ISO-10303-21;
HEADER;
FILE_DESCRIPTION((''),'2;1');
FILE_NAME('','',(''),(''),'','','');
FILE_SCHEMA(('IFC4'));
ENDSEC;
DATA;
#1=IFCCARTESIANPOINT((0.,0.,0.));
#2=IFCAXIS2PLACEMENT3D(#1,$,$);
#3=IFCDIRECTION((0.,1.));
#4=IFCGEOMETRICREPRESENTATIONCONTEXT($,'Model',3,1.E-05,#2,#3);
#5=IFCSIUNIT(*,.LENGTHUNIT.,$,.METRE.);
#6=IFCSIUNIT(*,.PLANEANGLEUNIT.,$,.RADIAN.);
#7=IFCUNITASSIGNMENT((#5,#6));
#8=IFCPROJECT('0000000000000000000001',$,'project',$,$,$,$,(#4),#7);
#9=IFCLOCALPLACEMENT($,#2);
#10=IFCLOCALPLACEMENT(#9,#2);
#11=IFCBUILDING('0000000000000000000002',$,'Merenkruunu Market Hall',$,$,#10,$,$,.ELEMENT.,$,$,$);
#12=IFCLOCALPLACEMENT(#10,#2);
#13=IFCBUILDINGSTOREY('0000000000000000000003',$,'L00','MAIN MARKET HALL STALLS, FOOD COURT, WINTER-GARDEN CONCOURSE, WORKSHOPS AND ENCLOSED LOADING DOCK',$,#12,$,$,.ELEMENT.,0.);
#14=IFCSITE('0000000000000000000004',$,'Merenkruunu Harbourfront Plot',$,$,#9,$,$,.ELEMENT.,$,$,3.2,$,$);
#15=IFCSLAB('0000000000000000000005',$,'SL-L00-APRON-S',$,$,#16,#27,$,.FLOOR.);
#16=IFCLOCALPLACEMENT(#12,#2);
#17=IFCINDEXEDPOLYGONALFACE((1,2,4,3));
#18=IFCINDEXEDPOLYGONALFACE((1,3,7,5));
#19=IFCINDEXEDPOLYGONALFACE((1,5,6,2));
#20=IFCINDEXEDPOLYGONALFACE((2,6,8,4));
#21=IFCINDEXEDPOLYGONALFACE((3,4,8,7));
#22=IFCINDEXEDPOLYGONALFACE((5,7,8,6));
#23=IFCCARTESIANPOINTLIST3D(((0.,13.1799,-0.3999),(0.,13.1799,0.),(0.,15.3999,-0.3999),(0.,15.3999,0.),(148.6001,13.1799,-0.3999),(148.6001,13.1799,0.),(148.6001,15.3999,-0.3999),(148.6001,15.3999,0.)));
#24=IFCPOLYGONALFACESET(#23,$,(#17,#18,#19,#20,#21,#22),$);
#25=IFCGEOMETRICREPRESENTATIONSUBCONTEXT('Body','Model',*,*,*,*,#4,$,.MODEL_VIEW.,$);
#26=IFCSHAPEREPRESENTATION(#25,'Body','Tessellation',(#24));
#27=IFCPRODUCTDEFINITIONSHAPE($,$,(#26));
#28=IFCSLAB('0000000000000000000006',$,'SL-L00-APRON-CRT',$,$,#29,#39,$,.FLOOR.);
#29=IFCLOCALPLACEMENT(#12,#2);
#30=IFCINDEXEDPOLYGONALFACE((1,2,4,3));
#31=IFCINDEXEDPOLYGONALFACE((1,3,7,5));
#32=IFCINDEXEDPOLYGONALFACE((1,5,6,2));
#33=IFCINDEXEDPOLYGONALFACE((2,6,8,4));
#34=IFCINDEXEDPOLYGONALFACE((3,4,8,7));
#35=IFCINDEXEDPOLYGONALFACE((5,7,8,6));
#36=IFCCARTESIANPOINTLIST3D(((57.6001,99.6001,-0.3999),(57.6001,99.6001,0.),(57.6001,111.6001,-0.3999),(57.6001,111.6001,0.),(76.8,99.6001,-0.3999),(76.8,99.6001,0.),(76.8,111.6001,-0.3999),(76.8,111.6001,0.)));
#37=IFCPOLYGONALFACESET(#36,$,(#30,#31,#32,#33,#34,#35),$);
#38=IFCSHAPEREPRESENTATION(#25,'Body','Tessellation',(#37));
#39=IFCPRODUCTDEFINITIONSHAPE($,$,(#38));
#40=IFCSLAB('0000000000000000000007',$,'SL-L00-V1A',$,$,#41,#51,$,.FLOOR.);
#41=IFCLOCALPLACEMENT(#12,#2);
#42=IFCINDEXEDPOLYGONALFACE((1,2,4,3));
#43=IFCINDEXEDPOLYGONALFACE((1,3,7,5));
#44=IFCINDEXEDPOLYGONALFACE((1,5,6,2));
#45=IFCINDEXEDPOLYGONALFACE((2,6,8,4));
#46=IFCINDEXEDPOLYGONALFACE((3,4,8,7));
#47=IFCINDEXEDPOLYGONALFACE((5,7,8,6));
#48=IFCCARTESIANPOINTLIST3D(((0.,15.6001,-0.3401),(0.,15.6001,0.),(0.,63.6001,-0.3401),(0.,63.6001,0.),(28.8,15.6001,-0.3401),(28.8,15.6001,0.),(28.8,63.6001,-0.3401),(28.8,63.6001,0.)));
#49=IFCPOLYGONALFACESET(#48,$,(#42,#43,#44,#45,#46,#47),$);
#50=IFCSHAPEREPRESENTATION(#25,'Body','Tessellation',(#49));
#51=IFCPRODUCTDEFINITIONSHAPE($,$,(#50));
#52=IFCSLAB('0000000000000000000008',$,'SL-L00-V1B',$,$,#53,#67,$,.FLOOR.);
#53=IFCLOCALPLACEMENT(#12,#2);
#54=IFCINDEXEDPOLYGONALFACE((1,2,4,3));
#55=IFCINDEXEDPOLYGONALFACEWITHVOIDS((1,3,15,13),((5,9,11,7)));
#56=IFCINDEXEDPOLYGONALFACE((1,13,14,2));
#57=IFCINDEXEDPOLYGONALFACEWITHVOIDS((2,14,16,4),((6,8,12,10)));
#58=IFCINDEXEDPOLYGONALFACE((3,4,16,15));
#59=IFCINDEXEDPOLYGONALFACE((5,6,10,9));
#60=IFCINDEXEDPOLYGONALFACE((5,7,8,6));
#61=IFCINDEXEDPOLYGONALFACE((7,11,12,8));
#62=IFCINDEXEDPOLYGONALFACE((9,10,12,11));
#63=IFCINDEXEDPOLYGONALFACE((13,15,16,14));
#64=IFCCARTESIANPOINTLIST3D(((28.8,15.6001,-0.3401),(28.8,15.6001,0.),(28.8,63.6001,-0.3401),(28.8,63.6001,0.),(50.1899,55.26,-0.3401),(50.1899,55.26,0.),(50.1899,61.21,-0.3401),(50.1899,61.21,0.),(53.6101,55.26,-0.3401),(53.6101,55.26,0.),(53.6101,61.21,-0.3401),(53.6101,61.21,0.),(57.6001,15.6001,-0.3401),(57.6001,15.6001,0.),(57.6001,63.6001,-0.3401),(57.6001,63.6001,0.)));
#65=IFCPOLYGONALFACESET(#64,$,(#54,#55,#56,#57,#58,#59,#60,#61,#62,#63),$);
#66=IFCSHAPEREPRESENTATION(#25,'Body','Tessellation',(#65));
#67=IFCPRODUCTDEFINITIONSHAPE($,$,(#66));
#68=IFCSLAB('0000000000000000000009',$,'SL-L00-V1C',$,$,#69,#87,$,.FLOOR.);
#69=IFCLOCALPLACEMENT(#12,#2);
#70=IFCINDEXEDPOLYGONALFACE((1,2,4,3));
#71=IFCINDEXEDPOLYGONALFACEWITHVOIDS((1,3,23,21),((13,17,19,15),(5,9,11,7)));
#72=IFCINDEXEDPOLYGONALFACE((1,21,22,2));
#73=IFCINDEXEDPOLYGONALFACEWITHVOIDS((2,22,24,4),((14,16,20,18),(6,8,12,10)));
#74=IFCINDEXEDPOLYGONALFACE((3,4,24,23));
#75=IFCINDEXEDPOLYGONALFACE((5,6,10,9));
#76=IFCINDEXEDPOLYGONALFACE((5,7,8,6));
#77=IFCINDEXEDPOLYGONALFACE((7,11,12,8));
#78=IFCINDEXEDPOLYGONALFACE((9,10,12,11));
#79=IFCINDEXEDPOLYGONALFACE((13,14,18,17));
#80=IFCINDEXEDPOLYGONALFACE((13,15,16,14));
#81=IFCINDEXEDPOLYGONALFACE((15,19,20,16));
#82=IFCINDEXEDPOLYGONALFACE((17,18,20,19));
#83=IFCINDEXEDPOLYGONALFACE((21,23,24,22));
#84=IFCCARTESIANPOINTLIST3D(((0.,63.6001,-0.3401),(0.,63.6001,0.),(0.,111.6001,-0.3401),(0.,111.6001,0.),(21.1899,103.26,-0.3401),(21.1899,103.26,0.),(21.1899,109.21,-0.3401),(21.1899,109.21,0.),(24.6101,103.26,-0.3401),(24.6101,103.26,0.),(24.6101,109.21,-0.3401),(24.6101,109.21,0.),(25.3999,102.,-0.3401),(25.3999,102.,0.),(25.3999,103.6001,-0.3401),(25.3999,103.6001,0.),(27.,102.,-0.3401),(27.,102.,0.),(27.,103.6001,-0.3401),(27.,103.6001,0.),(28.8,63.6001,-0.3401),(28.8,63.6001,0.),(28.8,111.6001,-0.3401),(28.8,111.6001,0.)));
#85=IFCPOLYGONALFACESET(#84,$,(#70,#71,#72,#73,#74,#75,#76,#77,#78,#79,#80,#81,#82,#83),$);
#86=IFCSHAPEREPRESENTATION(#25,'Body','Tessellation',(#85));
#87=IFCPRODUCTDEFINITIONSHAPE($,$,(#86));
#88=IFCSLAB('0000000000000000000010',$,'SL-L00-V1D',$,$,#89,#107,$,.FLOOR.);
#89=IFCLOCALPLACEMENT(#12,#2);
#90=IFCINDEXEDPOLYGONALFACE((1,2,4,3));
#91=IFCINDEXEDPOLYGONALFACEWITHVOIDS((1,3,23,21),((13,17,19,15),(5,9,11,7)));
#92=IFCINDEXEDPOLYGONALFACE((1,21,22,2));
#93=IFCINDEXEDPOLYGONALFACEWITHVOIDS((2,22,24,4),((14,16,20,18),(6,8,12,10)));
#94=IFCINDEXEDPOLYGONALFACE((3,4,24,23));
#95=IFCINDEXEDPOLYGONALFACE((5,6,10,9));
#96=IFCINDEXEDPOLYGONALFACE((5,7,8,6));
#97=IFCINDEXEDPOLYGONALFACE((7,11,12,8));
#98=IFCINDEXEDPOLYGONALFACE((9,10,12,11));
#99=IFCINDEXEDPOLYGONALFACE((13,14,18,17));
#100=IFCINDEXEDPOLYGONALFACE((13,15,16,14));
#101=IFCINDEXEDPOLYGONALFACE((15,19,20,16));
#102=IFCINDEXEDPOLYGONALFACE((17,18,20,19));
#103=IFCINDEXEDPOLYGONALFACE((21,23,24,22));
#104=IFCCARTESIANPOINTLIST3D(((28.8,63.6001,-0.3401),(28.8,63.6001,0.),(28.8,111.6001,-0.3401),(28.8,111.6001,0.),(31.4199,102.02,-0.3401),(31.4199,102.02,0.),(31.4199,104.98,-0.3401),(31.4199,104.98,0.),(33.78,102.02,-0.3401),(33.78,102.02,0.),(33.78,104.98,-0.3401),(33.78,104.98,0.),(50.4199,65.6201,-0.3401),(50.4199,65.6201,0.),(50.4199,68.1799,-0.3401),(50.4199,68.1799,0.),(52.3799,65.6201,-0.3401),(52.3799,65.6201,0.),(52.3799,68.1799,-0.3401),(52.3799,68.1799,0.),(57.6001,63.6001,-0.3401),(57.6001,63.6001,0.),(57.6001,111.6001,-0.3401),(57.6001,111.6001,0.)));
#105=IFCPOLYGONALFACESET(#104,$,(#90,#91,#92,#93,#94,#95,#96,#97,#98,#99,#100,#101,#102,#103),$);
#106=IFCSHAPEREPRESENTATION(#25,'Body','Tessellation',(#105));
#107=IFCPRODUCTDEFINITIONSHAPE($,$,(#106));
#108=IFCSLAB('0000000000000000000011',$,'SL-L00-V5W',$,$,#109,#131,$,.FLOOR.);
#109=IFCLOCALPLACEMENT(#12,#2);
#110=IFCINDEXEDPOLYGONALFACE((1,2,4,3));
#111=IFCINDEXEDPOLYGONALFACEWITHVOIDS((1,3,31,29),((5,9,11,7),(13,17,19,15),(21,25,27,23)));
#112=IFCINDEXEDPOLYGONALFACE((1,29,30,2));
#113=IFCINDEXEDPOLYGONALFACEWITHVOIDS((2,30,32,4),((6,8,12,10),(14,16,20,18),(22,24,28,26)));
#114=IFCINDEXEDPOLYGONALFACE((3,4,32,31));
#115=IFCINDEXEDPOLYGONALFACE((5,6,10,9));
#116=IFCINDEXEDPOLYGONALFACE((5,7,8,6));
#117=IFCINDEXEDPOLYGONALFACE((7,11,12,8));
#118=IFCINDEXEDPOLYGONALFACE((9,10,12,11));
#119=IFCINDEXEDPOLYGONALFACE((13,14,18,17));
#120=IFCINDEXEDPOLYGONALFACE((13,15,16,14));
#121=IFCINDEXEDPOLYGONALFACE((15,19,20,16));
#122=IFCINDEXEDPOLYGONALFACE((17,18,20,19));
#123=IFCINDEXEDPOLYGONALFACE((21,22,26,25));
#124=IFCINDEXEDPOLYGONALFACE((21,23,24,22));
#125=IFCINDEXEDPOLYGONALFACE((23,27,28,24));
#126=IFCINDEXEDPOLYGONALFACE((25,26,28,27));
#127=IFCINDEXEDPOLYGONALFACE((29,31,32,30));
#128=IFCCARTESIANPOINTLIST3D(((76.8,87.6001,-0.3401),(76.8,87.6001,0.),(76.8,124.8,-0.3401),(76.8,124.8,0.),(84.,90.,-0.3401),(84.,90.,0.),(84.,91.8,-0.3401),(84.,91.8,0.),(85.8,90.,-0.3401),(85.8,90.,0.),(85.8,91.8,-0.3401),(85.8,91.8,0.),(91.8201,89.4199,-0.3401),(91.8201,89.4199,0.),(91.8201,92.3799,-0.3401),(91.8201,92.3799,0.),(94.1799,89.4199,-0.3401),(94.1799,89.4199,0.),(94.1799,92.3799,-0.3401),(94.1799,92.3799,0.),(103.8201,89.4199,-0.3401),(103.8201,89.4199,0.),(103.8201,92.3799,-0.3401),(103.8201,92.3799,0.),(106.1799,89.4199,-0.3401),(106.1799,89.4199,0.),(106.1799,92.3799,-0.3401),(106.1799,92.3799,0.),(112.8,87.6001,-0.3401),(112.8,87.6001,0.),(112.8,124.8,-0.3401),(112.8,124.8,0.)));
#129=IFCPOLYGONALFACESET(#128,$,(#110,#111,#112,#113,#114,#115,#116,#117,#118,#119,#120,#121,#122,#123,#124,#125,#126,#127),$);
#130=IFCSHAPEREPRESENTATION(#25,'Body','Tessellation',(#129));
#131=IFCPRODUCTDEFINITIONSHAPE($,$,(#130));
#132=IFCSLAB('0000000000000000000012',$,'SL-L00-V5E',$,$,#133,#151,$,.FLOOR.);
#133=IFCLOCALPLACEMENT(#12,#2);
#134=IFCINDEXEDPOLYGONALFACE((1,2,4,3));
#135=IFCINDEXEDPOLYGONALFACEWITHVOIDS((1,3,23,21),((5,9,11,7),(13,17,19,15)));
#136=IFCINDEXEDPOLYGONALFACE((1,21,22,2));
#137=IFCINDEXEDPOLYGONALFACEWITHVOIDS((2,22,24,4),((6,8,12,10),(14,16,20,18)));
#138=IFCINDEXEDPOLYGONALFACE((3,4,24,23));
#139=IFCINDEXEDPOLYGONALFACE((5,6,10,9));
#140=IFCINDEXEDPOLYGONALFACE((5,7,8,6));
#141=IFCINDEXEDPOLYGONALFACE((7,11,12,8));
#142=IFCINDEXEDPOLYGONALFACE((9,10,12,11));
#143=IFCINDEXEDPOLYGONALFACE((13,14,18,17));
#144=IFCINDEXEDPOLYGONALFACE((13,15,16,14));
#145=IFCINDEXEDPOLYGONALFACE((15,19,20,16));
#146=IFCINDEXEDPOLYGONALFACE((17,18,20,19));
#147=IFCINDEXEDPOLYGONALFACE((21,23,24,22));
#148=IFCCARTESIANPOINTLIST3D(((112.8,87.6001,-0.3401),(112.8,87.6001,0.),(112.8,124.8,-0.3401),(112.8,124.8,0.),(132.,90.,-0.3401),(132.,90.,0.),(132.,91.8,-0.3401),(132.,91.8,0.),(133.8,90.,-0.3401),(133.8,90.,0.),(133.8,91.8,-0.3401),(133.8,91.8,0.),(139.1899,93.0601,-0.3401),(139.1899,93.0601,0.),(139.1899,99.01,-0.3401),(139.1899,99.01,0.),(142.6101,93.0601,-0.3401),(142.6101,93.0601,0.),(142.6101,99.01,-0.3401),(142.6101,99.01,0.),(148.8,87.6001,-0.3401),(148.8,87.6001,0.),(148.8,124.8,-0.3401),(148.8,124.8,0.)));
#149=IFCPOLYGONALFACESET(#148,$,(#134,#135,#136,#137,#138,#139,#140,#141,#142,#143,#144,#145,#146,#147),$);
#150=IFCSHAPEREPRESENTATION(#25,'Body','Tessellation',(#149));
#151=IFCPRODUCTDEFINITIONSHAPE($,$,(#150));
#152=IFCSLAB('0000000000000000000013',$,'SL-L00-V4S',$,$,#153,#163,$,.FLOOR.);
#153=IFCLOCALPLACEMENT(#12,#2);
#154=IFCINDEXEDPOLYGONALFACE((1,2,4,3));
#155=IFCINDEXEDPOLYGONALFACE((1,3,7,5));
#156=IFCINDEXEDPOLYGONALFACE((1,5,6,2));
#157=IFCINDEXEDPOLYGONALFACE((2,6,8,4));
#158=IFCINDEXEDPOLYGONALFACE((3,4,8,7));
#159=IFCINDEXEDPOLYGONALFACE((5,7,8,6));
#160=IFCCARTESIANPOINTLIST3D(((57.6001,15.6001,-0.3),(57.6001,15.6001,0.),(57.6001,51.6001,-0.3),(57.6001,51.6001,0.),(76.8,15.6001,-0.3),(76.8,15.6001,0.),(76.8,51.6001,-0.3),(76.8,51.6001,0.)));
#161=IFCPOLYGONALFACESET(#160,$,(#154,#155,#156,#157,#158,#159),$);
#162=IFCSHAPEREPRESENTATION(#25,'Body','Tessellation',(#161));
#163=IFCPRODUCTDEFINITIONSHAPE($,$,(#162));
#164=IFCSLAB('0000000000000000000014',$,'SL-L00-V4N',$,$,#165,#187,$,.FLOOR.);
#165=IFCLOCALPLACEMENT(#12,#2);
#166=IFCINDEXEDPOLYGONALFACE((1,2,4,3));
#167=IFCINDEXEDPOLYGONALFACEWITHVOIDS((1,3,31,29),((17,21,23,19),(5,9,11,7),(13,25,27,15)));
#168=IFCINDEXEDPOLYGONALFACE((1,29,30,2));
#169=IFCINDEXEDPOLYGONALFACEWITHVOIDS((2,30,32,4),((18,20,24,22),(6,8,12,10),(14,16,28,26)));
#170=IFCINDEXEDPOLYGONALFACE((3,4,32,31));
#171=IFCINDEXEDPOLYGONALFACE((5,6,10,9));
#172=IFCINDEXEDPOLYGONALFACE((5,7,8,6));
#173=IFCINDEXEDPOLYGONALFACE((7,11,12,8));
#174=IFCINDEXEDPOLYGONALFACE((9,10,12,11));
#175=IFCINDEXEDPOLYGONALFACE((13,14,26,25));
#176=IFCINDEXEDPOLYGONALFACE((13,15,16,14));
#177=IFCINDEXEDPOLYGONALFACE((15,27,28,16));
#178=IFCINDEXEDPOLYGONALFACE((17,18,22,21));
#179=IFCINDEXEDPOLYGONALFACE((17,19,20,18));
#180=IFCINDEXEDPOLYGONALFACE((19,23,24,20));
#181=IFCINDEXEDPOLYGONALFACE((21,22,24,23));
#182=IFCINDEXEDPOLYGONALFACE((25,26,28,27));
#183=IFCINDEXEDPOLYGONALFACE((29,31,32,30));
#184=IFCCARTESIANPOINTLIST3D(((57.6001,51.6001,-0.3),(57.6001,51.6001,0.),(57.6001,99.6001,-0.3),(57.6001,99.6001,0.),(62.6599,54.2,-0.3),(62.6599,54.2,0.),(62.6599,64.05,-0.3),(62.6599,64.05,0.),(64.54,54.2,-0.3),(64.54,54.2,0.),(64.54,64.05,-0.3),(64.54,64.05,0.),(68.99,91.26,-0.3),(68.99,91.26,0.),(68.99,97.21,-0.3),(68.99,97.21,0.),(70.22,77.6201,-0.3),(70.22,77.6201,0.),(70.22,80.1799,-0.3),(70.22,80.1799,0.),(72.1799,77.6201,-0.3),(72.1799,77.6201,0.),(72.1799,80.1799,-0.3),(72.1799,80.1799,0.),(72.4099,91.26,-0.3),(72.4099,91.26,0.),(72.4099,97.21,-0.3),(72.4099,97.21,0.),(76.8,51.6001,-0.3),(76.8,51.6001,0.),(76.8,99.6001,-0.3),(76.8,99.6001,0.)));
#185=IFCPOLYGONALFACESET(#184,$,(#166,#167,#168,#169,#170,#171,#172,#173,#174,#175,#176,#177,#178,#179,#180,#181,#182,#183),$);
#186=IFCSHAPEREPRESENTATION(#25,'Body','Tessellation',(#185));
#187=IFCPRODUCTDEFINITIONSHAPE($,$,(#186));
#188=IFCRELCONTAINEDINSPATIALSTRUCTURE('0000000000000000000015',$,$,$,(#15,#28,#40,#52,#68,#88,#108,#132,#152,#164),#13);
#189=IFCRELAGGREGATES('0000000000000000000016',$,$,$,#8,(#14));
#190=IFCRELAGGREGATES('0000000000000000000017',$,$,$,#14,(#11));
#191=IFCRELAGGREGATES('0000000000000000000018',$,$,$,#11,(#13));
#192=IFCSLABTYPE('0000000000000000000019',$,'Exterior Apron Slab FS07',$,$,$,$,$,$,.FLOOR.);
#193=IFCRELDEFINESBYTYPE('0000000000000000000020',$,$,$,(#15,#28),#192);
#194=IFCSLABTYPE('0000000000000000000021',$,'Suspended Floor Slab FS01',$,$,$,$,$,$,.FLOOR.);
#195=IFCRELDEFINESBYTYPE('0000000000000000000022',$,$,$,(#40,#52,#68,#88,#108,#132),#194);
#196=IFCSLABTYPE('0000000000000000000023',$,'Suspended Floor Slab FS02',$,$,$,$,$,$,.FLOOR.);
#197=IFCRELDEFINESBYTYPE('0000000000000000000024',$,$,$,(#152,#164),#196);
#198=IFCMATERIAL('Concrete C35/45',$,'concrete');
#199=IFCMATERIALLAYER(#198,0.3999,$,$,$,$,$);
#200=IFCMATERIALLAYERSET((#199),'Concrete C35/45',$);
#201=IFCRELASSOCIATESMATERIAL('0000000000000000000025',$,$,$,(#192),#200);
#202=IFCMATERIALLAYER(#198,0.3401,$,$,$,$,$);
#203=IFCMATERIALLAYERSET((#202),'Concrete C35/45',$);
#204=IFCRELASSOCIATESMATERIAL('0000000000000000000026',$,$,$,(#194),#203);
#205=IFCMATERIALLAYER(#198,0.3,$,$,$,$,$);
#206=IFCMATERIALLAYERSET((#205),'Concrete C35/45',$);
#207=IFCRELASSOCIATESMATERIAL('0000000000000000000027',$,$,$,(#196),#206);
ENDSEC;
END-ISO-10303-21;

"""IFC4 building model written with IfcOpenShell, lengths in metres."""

from ifc_helpers import new_model, si_unit, direction, frame, origin, place, context, subcontext, project, spatial, polyline, outline, extrude, material, layer, layer_set, type_object, element, save


model = new_model("IFC4")

# Units and contexts
model_context = context("Model", 3, precision=1e-05, world=origin(), true_north=direction((0.0, 1.0)))
body_context = subcontext(model_context, "Body", "Model", "MODEL_VIEW")
ifc_project = project(units=[si_unit("LENGTHUNIT", "METRE"), si_unit("PLANEANGLEUNIT", "RADIAN")], contexts=[model_context])

# Site, building, storey
site_placement = place(None, origin())
site = spatial("IfcSite", under=ifc_project, at=site_placement, Name="Merenkruunu Harbourfront Plot", CompositionType="ELEMENT", RefElevation=3.2)
building_placement = place(site_placement, origin())
building = spatial("IfcBuilding", under=site, at=building_placement, Name="Merenkruunu Market Hall", CompositionType="ELEMENT")
storey_placement = place(building_placement, origin())
storey = spatial("IfcBuildingStorey", under=building, at=storey_placement, Name="L00", Description="MAIN MARKET HALL STALLS, FOOD COURT, WINTER-GARDEN CONCOURSE, WORKSHOPS AND ENCLOSED LOADING DOCK", CompositionType="ELEMENT", Elevation=0.0)

# Slabs
ifc_material_1 = material(Name="Concrete C35/45", Category="concrete")
ifc_layer_1 = layer(ifc_material_1, 0.3999)
ifc_layer_set_1 = layer_set([ifc_layer_1], Name="Concrete C35/45")
slab_type_1 = type_object("IfcSlabType", Name="Exterior Apron Slab FS07", PredefinedType="FLOOR", material=ifc_layer_set_1)
slab_1_placement = place(storey_placement, frame((0.0, 0.0, -0.3999)))
element("IfcSlab", 1, at=slab_1_placement, inside=storey, type_object=slab_type_1, Name="SL-L00-APRON-S", PredefinedType="FLOOR", context=body_context, shape_type="SweptSolid", body=[
    extrude(outline(polyline([(0.0, 13.1799), (148.6001, 13.1799), (148.6001, 15.3999), (0.0, 15.3999), (0.0, 13.1799)])), origin(), (0.0, 0.0, 1.0), 0.3999),
])
slab_2_placement = place(storey_placement, frame((0.0, 0.0, -0.3999)))
element("IfcSlab", 2, at=slab_2_placement, inside=storey, type_object=slab_type_1, Name="SL-L00-APRON-CRT", PredefinedType="FLOOR", context=body_context, shape_type="SweptSolid", body=[
    extrude(outline(polyline([(57.6001, 99.6001), (76.8, 99.6001), (76.8, 111.6001), (57.6001, 111.6001), (57.6001, 99.6001)])), origin(), (0.0, 0.0, 1.0), 0.3999),
])
ifc_layer_2 = layer(ifc_material_1, 0.3401)
ifc_layer_set_2 = layer_set([ifc_layer_2], Name="Concrete C35/45")
slab_type_2 = type_object("IfcSlabType", Name="Suspended Floor Slab FS01", PredefinedType="FLOOR", material=ifc_layer_set_2)
slab_3_placement = place(storey_placement, frame((0.0, 0.0, -0.3401)))
element("IfcSlab", 3, at=slab_3_placement, inside=storey, type_object=slab_type_2, Name="SL-L00-V1A", PredefinedType="FLOOR", context=body_context, shape_type="SweptSolid", body=[
    extrude(outline(polyline([(0.0, 15.6001), (28.8, 15.6001), (28.8, 63.6001), (0.0, 63.6001), (0.0, 15.6001)])), origin(), (0.0, 0.0, 1.0), 0.3401),
])
slab_4_placement = place(storey_placement, frame((0.0, 0.0, -0.3401)))
element("IfcSlab", 4, at=slab_4_placement, inside=storey, type_object=slab_type_2, Name="SL-L00-V1B", PredefinedType="FLOOR", context=body_context, shape_type="SweptSolid", body=[
    extrude(outline(polyline([(28.8, 15.6001), (57.6001, 15.6001), (57.6001, 63.6001), (28.8, 63.6001), (28.8, 15.6001)]), holes=[polyline([(50.1899, 55.26), (53.6101, 55.26), (53.6101, 61.21), (50.1899, 61.21), (50.1899, 55.26)])]), origin(), (0.0, 0.0, 1.0), 0.3401),
])
slab_5_placement = place(storey_placement, frame((0.0, 0.0, -0.3401)))
element("IfcSlab", 5, at=slab_5_placement, inside=storey, type_object=slab_type_2, Name="SL-L00-V1C", PredefinedType="FLOOR", context=body_context, shape_type="SweptSolid", body=[
    extrude(outline(polyline([(0.0, 63.6001), (28.8, 63.6001), (28.8, 111.6001), (0.0, 111.6001), (0.0, 63.6001)]), holes=[polyline([(21.1899, 103.26), (24.6101, 103.26), (24.6101, 109.21), (21.1899, 109.21), (21.1899, 103.26)]), polyline([(25.3999, 102.0), (27.0, 102.0), (27.0, 103.6001), (25.3999, 103.6001), (25.3999, 102.0)])]), origin(), (0.0, 0.0, 1.0), 0.3401),
])
slab_6_placement = place(storey_placement, frame((0.0, 0.0, -0.3401)))
element("IfcSlab", 6, at=slab_6_placement, inside=storey, type_object=slab_type_2, Name="SL-L00-V1D", PredefinedType="FLOOR", context=body_context, shape_type="SweptSolid", body=[
    extrude(outline(polyline([(28.8, 63.6001), (57.6001, 63.6001), (57.6001, 111.6001), (28.8, 111.6001), (28.8, 63.6001)]), holes=[polyline([(50.4199, 65.6201), (52.3799, 65.6201), (52.3799, 68.1799), (50.4199, 68.1799), (50.4199, 65.6201)]), polyline([(31.4199, 102.02), (33.78, 102.02), (33.78, 104.98), (31.4199, 104.98), (31.4199, 102.02)])]), origin(), (0.0, 0.0, 1.0), 0.3401),
])
slab_7_placement = place(storey_placement, frame((0.0, 0.0, -0.3401)))
element("IfcSlab", 7, at=slab_7_placement, inside=storey, type_object=slab_type_2, Name="SL-L00-V5W", PredefinedType="FLOOR", context=body_context, shape_type="SweptSolid", body=[
    extrude(outline(polyline([(76.8, 87.6001), (112.8, 87.6001), (112.8, 124.8), (76.8, 124.8), (76.8, 87.6001)]), holes=[polyline([(91.8201, 89.4199), (94.1799, 89.4199), (94.1799, 92.3799), (91.8201, 92.3799), (91.8201, 89.4199)]), polyline([(103.8201, 89.4199), (106.1799, 89.4199), (106.1799, 92.3799), (103.8201, 92.3799), (103.8201, 89.4199)]), polyline([(84.0, 90.0), (85.8, 90.0), (85.8, 91.8), (84.0, 91.8), (84.0, 90.0)])]), origin(), (0.0, 0.0, 1.0), 0.3401),
])
slab_8_placement = place(storey_placement, frame((0.0, 0.0, -0.3401)))
element("IfcSlab", 8, at=slab_8_placement, inside=storey, type_object=slab_type_2, Name="SL-L00-V5E", PredefinedType="FLOOR", context=body_context, shape_type="SweptSolid", body=[
    extrude(outline(polyline([(112.8, 87.6001), (148.8, 87.6001), (148.8, 124.8), (112.8, 124.8), (112.8, 87.6001)]), holes=[polyline([(139.1899, 93.0601), (142.6101, 93.0601), (142.6101, 99.01), (139.1899, 99.01), (139.1899, 93.0601)]), polyline([(132.0, 90.0), (133.8, 90.0), (133.8, 91.8), (132.0, 91.8), (132.0, 90.0)])]), origin(), (0.0, 0.0, 1.0), 0.3401),
])
ifc_layer_3 = layer(ifc_material_1, 0.3)
ifc_layer_set_3 = layer_set([ifc_layer_3], Name="Concrete C35/45")
slab_type_3 = type_object("IfcSlabType", Name="Suspended Floor Slab FS02", PredefinedType="FLOOR", material=ifc_layer_set_3)
slab_9_placement = place(storey_placement, frame((0.0, 0.0, -0.3)))
element("IfcSlab", 9, at=slab_9_placement, inside=storey, type_object=slab_type_3, Name="SL-L00-V4S", PredefinedType="FLOOR", context=body_context, shape_type="SweptSolid", body=[
    extrude(outline(polyline([(57.6001, 15.6001), (76.8, 15.6001), (76.8, 51.6001), (57.6001, 51.6001), (57.6001, 15.6001)])), origin(), (0.0, 0.0, 1.0), 0.3),
])
slab_10_placement = place(storey_placement, frame((0.0, 0.0, -0.3)))
element("IfcSlab", 10, at=slab_10_placement, inside=storey, type_object=slab_type_3, Name="SL-L00-V4N", PredefinedType="FLOOR", context=body_context, shape_type="SweptSolid", body=[
    extrude(outline(polyline([(57.6001, 51.6001), (76.8, 51.6001), (76.8, 99.6001), (57.6001, 99.6001), (57.6001, 51.6001)]), holes=[polyline([(68.99, 91.26), (72.4099, 91.26), (72.4099, 97.21), (68.99, 97.21), (68.99, 91.26)]), polyline([(62.6599, 54.2), (64.54, 54.2), (64.54, 64.05), (62.6599, 64.05), (62.6599, 54.2)]), polyline([(70.22, 77.6201), (72.1799, 77.6201), (72.1799, 80.1799), (70.22, 80.1799), (70.22, 77.6201)])]), origin(), (0.0, 0.0, 1.0), 0.3),
])

save(model, "model.ifc")
